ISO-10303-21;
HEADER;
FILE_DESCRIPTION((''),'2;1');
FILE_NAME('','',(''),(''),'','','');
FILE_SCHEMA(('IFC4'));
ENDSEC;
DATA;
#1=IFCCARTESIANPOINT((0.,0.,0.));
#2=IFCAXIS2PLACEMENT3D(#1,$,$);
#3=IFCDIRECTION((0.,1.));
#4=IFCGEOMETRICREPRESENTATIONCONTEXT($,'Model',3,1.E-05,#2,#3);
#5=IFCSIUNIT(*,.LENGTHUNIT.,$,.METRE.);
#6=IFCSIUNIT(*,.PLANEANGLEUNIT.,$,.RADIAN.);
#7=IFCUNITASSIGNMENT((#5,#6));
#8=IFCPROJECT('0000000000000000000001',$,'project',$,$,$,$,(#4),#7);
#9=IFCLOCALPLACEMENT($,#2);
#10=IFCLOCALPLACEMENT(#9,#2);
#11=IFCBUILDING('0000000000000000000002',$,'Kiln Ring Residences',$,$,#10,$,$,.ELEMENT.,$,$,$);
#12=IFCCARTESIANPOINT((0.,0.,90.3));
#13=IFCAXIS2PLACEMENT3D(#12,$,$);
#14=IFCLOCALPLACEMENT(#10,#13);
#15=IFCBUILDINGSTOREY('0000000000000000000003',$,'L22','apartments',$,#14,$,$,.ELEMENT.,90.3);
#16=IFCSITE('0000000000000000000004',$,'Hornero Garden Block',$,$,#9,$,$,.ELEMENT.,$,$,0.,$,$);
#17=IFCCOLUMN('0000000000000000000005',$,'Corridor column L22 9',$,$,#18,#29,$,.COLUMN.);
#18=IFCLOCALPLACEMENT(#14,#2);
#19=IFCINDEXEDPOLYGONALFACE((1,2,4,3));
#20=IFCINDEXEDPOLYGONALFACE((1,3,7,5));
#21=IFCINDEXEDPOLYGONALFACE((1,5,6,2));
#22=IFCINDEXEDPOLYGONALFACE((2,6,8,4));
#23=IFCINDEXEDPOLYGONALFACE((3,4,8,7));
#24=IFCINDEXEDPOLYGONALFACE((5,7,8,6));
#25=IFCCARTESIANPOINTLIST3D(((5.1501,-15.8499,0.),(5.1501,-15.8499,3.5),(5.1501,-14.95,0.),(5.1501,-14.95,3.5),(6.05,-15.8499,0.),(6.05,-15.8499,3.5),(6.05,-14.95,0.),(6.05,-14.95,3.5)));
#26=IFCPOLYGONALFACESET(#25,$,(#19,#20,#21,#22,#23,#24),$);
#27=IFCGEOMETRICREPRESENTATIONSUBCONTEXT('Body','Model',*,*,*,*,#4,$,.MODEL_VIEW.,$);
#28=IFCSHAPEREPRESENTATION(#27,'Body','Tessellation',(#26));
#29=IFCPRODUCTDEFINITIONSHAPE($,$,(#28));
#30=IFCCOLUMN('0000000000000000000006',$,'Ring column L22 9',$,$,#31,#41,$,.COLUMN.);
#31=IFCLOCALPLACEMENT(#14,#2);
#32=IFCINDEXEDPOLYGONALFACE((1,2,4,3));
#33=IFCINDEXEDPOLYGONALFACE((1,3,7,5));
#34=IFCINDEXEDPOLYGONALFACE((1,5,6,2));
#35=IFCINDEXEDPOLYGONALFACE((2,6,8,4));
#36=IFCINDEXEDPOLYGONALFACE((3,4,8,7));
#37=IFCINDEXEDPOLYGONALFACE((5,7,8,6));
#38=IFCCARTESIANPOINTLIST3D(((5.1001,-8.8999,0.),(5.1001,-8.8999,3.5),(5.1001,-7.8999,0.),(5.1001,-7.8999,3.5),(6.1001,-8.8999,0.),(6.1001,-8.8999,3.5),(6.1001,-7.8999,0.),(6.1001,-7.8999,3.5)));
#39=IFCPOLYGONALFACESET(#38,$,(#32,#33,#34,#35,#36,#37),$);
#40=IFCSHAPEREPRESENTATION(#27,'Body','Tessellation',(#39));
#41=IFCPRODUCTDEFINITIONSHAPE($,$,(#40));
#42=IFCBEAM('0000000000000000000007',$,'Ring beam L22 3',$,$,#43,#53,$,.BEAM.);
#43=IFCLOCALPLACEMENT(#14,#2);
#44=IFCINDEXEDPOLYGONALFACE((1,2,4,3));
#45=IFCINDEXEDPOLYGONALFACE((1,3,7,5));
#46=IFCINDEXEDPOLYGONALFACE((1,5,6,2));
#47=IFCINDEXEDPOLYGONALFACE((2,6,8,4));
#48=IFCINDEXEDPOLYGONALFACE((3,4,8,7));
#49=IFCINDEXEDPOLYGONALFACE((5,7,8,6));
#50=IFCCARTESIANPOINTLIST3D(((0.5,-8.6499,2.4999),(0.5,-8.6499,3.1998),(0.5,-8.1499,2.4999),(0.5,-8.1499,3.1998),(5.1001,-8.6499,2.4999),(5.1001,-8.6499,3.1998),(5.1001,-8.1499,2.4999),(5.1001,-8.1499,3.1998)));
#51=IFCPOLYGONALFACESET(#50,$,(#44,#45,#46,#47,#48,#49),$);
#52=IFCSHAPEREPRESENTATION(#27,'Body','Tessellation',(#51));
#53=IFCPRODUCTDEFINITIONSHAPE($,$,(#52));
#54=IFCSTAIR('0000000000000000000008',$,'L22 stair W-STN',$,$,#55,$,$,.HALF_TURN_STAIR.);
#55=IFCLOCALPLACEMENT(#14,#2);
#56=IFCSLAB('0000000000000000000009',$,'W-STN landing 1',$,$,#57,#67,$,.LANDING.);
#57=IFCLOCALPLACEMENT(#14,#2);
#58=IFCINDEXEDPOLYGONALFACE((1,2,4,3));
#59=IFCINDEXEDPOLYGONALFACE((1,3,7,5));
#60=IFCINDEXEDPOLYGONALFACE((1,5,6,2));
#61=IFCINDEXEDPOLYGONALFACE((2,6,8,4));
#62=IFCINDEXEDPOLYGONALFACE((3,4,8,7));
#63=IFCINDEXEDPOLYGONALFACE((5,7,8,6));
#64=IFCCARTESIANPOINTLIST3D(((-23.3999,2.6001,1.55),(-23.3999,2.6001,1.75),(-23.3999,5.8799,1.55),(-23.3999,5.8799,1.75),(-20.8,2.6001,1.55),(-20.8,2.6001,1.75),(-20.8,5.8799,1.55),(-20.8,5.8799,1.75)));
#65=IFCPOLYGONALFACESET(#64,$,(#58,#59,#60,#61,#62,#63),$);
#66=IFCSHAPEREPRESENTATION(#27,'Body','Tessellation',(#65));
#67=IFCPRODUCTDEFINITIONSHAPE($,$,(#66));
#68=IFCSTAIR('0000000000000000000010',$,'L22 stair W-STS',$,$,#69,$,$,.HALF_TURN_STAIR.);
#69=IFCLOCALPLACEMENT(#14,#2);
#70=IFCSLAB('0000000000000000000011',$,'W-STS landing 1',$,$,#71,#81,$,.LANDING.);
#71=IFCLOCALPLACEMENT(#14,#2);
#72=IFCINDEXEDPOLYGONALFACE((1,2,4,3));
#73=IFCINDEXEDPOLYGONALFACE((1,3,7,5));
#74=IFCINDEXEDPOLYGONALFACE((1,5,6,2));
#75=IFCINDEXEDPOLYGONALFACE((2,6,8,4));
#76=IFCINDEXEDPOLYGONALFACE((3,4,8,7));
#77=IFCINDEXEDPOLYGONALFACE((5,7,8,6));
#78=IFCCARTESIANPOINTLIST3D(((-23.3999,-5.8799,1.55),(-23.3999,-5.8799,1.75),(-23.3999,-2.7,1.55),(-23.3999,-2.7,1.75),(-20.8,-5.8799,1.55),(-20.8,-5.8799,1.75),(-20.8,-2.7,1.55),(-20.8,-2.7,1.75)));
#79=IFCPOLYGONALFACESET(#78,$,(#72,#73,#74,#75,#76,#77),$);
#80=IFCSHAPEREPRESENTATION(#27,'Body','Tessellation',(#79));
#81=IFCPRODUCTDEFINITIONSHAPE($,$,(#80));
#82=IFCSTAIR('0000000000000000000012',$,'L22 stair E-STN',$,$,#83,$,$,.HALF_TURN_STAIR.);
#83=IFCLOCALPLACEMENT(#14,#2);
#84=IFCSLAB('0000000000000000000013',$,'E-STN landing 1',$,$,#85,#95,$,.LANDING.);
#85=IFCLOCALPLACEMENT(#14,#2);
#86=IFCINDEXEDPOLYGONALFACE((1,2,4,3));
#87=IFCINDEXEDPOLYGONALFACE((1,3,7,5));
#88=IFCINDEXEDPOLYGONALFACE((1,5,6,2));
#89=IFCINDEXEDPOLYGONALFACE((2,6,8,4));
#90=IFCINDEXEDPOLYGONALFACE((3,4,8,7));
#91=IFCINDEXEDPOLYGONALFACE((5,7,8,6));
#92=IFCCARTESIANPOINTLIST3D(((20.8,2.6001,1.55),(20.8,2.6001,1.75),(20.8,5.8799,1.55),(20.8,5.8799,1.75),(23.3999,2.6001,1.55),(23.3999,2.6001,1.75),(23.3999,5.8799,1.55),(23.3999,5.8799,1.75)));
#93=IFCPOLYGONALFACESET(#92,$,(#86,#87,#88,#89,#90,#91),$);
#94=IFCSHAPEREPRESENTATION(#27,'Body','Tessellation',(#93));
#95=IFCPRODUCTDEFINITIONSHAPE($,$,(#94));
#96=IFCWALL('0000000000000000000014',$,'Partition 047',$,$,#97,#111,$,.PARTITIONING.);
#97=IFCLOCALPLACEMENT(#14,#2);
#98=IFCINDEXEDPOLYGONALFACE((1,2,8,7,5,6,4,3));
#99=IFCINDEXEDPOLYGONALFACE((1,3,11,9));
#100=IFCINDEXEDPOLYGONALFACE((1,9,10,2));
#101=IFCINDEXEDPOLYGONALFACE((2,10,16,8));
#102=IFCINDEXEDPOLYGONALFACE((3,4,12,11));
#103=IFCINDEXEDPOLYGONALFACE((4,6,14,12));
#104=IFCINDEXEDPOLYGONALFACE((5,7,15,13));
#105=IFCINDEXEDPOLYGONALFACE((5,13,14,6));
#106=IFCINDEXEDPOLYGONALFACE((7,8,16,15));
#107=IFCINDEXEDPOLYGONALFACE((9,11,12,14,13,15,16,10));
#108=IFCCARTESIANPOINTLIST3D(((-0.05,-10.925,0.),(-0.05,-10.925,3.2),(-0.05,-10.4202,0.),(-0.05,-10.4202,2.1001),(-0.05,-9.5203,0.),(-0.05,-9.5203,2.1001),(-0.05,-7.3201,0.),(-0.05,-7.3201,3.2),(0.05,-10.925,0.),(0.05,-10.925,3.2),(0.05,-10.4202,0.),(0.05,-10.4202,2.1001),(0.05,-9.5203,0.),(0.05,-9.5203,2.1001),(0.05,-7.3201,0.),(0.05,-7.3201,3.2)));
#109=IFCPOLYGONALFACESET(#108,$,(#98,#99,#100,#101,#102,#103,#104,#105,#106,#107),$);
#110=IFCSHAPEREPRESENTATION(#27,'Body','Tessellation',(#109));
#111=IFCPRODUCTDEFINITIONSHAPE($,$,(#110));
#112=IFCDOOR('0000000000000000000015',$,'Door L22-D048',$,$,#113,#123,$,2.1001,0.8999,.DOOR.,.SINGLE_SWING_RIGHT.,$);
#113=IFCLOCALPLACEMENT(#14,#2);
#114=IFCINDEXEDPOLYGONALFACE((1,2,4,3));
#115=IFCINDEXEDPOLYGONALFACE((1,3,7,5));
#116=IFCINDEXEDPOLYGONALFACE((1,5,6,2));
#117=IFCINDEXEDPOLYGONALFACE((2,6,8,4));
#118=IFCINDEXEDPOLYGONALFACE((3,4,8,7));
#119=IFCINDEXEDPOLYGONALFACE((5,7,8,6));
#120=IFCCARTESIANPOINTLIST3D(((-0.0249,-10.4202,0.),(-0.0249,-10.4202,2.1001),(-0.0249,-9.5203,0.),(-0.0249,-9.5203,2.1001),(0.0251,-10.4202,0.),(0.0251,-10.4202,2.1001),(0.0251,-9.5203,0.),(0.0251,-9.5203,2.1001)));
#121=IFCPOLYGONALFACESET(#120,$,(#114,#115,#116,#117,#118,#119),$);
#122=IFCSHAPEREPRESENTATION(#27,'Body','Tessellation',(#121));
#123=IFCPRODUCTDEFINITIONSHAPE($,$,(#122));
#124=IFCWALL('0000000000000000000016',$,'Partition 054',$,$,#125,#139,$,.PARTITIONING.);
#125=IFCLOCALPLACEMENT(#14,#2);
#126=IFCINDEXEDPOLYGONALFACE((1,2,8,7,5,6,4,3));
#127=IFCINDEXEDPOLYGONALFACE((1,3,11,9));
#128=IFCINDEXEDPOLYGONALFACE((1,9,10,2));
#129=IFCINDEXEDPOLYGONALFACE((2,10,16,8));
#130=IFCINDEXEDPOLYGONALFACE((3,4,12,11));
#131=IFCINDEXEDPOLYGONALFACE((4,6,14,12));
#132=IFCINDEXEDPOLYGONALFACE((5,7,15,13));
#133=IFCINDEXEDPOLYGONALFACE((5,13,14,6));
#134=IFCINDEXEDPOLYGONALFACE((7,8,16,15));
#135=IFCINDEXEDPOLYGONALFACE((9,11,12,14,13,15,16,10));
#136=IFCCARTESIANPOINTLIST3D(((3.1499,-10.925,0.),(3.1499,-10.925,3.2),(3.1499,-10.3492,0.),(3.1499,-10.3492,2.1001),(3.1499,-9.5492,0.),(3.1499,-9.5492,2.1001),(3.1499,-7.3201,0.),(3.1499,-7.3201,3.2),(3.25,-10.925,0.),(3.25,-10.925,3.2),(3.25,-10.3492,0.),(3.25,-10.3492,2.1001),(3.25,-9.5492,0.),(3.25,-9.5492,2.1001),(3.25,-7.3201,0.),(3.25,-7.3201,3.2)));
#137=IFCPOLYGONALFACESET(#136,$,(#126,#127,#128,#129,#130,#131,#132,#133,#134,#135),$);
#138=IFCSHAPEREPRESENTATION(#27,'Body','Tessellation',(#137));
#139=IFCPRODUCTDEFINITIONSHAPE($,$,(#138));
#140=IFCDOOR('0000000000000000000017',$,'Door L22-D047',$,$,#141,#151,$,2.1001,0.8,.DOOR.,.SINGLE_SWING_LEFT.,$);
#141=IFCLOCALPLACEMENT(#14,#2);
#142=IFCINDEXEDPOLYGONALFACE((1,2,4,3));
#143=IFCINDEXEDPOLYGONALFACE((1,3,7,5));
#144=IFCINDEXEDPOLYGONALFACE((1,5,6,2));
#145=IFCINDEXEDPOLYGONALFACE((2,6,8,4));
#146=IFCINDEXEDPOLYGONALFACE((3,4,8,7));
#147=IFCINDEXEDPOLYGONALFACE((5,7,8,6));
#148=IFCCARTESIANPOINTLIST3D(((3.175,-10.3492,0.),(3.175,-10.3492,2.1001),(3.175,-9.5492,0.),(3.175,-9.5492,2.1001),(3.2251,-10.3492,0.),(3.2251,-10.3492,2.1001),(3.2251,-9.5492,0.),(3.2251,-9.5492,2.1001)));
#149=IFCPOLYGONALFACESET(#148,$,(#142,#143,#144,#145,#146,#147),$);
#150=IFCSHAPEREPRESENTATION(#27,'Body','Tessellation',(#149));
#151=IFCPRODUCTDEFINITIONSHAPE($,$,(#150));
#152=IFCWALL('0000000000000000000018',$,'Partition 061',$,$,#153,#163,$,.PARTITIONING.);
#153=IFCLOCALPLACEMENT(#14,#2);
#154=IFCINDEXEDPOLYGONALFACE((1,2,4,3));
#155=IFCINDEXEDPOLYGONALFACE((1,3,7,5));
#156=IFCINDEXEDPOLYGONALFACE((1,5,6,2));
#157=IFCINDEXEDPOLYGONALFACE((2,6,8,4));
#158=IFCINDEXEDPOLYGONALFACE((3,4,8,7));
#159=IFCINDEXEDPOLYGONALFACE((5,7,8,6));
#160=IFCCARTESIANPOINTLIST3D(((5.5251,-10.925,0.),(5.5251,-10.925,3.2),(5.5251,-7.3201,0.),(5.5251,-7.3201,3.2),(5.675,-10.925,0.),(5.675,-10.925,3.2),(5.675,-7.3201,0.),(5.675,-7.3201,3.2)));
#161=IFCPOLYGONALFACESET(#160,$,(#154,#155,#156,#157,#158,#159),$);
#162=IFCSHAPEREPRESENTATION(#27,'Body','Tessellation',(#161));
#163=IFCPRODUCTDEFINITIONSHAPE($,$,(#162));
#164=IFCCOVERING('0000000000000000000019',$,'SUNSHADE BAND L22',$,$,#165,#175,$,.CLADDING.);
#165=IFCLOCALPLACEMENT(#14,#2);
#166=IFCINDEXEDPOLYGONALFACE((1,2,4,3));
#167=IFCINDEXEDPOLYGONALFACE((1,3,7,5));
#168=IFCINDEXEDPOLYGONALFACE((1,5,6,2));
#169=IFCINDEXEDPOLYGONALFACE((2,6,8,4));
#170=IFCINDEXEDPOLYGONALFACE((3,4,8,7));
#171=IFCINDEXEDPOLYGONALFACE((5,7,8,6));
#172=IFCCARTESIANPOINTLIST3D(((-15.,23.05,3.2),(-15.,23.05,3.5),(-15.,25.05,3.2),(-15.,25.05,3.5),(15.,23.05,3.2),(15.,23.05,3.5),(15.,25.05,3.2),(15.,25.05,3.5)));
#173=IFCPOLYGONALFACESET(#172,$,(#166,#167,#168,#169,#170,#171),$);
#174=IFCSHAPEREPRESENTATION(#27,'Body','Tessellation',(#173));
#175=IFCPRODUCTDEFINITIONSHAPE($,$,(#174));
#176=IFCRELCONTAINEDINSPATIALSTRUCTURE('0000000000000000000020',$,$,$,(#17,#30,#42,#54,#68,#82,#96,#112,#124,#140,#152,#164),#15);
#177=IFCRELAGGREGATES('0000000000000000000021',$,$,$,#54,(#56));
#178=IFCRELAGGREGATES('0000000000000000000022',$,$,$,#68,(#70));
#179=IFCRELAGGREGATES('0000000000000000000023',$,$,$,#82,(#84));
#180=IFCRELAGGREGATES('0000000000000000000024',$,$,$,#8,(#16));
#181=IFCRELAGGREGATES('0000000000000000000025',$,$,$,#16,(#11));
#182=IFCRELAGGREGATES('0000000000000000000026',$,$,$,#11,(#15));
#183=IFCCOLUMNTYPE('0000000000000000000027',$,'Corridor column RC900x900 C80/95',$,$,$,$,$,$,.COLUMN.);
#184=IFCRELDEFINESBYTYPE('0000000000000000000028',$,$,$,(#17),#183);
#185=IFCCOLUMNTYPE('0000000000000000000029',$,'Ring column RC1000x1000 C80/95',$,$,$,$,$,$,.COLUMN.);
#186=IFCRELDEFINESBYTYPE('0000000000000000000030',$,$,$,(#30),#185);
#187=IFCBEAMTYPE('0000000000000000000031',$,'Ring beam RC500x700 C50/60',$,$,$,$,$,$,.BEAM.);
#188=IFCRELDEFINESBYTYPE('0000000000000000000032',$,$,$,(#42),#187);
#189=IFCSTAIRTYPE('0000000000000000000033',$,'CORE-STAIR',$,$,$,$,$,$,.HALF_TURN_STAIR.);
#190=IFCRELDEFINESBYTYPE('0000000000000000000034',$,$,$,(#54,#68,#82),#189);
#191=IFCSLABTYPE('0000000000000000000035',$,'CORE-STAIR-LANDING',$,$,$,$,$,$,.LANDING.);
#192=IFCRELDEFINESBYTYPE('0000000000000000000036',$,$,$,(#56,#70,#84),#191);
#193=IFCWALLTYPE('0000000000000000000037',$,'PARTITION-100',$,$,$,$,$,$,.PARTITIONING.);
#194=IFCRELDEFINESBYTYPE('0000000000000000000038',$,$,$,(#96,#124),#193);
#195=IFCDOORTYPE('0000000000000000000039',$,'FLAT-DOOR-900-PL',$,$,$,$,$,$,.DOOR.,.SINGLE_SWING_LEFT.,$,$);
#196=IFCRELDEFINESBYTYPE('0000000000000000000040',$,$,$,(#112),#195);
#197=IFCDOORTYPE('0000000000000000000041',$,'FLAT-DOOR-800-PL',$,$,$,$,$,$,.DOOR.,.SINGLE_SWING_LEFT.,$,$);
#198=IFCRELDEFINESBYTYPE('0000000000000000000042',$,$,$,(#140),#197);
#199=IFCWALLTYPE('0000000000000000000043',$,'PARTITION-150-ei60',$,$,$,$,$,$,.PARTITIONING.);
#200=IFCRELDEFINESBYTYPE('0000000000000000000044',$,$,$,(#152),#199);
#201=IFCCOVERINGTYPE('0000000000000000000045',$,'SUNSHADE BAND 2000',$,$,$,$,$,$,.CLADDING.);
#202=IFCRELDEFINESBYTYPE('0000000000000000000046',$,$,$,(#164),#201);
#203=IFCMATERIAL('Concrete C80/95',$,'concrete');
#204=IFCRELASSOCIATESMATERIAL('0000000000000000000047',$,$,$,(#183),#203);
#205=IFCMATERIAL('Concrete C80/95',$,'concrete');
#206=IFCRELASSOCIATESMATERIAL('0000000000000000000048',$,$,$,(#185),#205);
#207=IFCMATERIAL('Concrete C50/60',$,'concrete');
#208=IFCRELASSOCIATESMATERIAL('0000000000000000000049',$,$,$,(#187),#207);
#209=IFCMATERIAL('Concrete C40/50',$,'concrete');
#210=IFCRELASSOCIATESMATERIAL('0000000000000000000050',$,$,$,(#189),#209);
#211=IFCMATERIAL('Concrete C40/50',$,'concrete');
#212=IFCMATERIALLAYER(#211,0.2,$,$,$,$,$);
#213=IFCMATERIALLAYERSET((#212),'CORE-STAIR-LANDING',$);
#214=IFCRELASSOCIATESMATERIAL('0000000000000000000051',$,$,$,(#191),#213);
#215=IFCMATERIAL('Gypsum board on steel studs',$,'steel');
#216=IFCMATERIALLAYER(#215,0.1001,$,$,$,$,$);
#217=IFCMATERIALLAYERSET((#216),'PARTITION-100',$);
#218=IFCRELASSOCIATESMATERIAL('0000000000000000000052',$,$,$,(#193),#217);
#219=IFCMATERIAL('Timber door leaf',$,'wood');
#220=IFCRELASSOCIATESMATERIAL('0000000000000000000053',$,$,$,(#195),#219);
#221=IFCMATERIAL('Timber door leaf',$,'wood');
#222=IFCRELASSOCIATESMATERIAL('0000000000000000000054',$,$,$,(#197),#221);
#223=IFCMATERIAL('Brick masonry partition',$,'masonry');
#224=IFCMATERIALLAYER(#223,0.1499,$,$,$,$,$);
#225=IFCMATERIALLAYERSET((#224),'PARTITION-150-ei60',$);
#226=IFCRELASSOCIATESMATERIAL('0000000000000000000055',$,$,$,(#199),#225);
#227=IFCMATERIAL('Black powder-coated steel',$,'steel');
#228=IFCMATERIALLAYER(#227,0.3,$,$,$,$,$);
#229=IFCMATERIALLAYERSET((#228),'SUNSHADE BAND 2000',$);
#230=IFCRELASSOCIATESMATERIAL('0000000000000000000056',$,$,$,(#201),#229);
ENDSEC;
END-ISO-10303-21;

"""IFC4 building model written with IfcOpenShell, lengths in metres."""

from ifc_helpers import new_model, si_unit, direction, frame, frame_2d, origin, origin_2d, place, context, subcontext, project, spatial, polyline, rectangle, outline, extrude, material, layer, layer_set, material_profile, profile_set, type_object, element, fill, aggregate, save


model = new_model("IFC4")

# Units and contexts
model_context = context("Model", 3, precision=1e-05, world=origin(), true_north=direction((0.0, 1.0)))
body_context = subcontext(model_context, "Body", "Model", "MODEL_VIEW")
ifc_project = project(units=[si_unit("LENGTHUNIT", "METRE"), si_unit("PLANEANGLEUNIT", "RADIAN")], contexts=[model_context])

# Site, building, storey
site_placement = place(None, origin())
site = spatial("IfcSite", under=ifc_project, at=site_placement, Name="Hornero Garden Block", CompositionType="ELEMENT", RefElevation=0.0)
building_placement = place(site_placement, origin())
building = spatial("IfcBuilding", under=site, at=building_placement, Name="Kiln Ring Residences", CompositionType="ELEMENT")
storey_placement = place(building_placement, frame((0.0, 0.0, 90.3)))
storey = spatial("IfcBuildingStorey", under=building, at=storey_placement, Name="L22", Description="apartments", CompositionType="ELEMENT", Elevation=90.3)

# Columns
ifc_material_1 = material(Name="Concrete C80/95", Category="concrete")
ifc_material_profile_1 = material_profile(ifc_material_1, rectangle(XDim=0.8999, YDim=0.8999, at=origin_2d()), Name="RC900x900")
ifc_profile_set_1 = profile_set([ifc_material_profile_1], Name="Concrete C80/95")
column_type_1 = type_object("IfcColumnType", Name="Corridor column RC900x900 C80/95", PredefinedType="COLUMN", material=ifc_profile_set_1)
column_1_placement = place(storey_placement, frame((5.6001, -15.3999, 0.0), z_axis=(0.0, 0.0, 1.0), x_axis=(1.0, 0.0, 0.0)))
element("IfcColumn", 1, at=column_1_placement, inside=storey, type_object=column_type_1, Name="Corridor column L22 9", PredefinedType="COLUMN", context=body_context, shape_type="SweptSolid", body=[
    extrude(rectangle(XDim=0.8999, YDim=0.8999, at=origin_2d()), origin(), (0.0, 0.0, 1.0), 3.5),
])
ifc_material_2 = material(Name="Concrete C80/95", Category="concrete")
ifc_material_profile_2 = material_profile(ifc_material_2, rectangle(XDim=1.0, YDim=1.0, at=origin_2d()), Name="RC1000x1000")
ifc_profile_set_2 = profile_set([ifc_material_profile_2], Name="Concrete C80/95")
column_type_2 = type_object("IfcColumnType", Name="Ring column RC1000x1000 C80/95", PredefinedType="COLUMN", material=ifc_profile_set_2)
column_2_placement = place(storey_placement, frame((5.6001, -8.3999, 0.0), z_axis=(0.0, 0.0, 1.0), x_axis=(1.0, 0.0, 0.0)))
element("IfcColumn", 2, at=column_2_placement, inside=storey, type_object=column_type_2, Name="Ring column L22 9", PredefinedType="COLUMN", context=body_context, shape_type="SweptSolid", body=[
    extrude(rectangle(XDim=1.0, YDim=1.0, at=origin_2d()), origin(), (0.0, 0.0, 1.0), 3.5),
])

# Beam
ifc_material_3 = material(Name="Concrete C50/60", Category="concrete")
ifc_material_profile_3 = material_profile(ifc_material_3, rectangle(XDim=0.5, YDim=0.7, at=origin_2d()), Name="RC500x700")
ifc_profile_set_3 = profile_set([ifc_material_profile_3], Name="Concrete C50/60")
beam_type = type_object("IfcBeamType", Name="Ring beam RC500x700 C50/60", PredefinedType="BEAM", material=ifc_profile_set_3)
beam_placement = place(storey_placement, frame((0.5, -8.3999, 2.8499), z_axis=(1.0, 0.0, 0.0), x_axis=(0.0, 1.0, 0.0)))
element("IfcBeam", 3, at=beam_placement, inside=storey, type_object=beam_type, Name="Ring beam L22 3", PredefinedType="BEAM", context=body_context, shape_type="SweptSolid", body=[
    extrude(rectangle(XDim=0.5, YDim=0.7, at=origin_2d()), origin(), (0.0, 0.0, 1.0), 4.6001),
])

# Stairs, slabs
ifc_material_4 = material(Name="Concrete C40/50", Category="concrete")
stair_type = type_object("IfcStairType", Name="CORE-STAIR", PredefinedType="HALF_TURN_STAIR", material=ifc_material_4)
placement_1 = place(storey_placement, origin())
stair_1 = element("IfcStair", 4, at=placement_1, inside=storey, type_object=stair_type, Name="L22 stair W-STN", PredefinedType="HALF_TURN_STAIR")
ifc_material_5 = material(Name="Concrete C40/50", Category="concrete")
ifc_layer_1 = layer(ifc_material_5, 0.2)
ifc_layer_set_1 = layer_set([ifc_layer_1], Name="CORE-STAIR-LANDING")
slab_type = type_object("IfcSlabType", Name="CORE-STAIR-LANDING", PredefinedType="LANDING", material=ifc_layer_set_1)
placement_2 = place(storey_placement, frame((0.0, 0.0, 1.55)))
slab_1 = element("IfcSlab", 5, at=placement_2, type_object=slab_type, Name="W-STN landing 1", PredefinedType="LANDING", context=body_context, shape_type="SweptSolid", body=[
    extrude(outline(polyline([(-23.3999, 5.8799), (-23.3999, 2.6001), (-20.8, 2.6001), (-20.8, 5.8799), (-23.3999, 5.8799)])), origin(), (0.0, 0.0, 1.0), 0.2),
])
aggregate(stair_1, [slab_1])
stair_2 = element("IfcStair", 6, at=placement_1, inside=storey, type_object=stair_type, Name="L22 stair W-STS", PredefinedType="HALF_TURN_STAIR")
slab_2 = element("IfcSlab", 7, at=placement_2, type_object=slab_type, Name="W-STS landing 1", PredefinedType="LANDING", context=body_context, shape_type="SweptSolid", body=[
    extrude(outline(polyline([(-20.8, -5.8799), (-20.8, -2.7), (-23.3999, -2.7), (-23.3999, -5.8799), (-20.8, -5.8799)])), origin(), (0.0, 0.0, 1.0), 0.2),
])
aggregate(stair_2, [slab_2])
stair_3 = element("IfcStair", 8, at=placement_1, inside=storey, type_object=stair_type, Name="L22 stair E-STN", PredefinedType="HALF_TURN_STAIR")
slab_3 = element("IfcSlab", 9, at=placement_2, type_object=slab_type, Name="E-STN landing 1", PredefinedType="LANDING", context=body_context, shape_type="SweptSolid", body=[
    extrude(outline(polyline([(20.8, 5.8799), (20.8, 2.6001), (23.3999, 2.6001), (23.3999, 5.8799), (20.8, 5.8799)])), origin(), (0.0, 0.0, 1.0), 0.2),
])
aggregate(stair_3, [slab_3])

# Walls, openings, doors
ifc_material_6 = material(Name="Gypsum board on steel studs", Category="steel")
ifc_layer_2 = layer(ifc_material_6, 0.1001)
ifc_layer_set_2 = layer_set([ifc_layer_2], Name="PARTITION-100")
wall_type_1 = type_object("IfcWallType", Name="PARTITION-100", PredefinedType="PARTITIONING", material=ifc_layer_set_2)
wall_1_placement = place(storey_placement, frame((0.0, -10.925, 0.0), z_axis=(0.0, 0.0, 1.0), x_axis=(0.0, 1.0, 0.0)))
wall_1 = element("IfcWall", 10, at=wall_1_placement, inside=storey, type_object=wall_type_1, Name="Partition 047", PredefinedType="PARTITIONING", context=body_context, shape_type="SweptSolid", body=[
    extrude(rectangle(XDim=3.605, YDim=0.1001, at=frame_2d((1.8025, 0.0))), origin(), (0.0, 0.0, 1.0), 3.2),
])
opening_1_placement = place(wall_1_placement, frame((0.5049, 0.0, 0.0)))
opening_1 = element("IfcOpeningElement", 11, at=opening_1_placement, cuts=wall_1, PredefinedType="OPENING", context=body_context, shape_type="SweptSolid", body=[
    extrude(rectangle(XDim=0.8999, YDim=2.1001, at=frame_2d((0.45, 1.05))), frame((0.0, 0.0601, 0.0), z_axis=(0.0, -1.0, 0.0), x_axis=(1.0, 0.0, 0.0)), (0.0, 0.0, 1.0), 0.1201),
])
ifc_material_7 = material(Name="Timber door leaf", Category="wood")
door_type_1 = type_object("IfcDoorType", Name="FLAT-DOOR-900-PL", OperationType="SINGLE_SWING_LEFT", PredefinedType="DOOR", material=ifc_material_7)
door_1_placement = place(opening_1_placement, origin())
door_1 = element("IfcDoor", 12, at=door_1_placement, inside=storey, type_object=door_type_1, Name="Door L22-D048", OperationType="SINGLE_SWING_RIGHT", OverallHeight=2.1001, OverallWidth=0.8999, PredefinedType="DOOR", context=body_context, shape_type="SweptSolid", body=[
    extrude(rectangle(XDim=0.8999, YDim=2.1001, at=frame_2d((0.45, 1.05))), frame((0.0, 0.0249, 0.0), z_axis=(0.0, -1.0, 0.0), x_axis=(1.0, 0.0, 0.0)), (0.0, 0.0, 1.0), 0.05),
])
fill(opening_1, door_1)
wall_2_placement = place(storey_placement, frame((3.2, -10.925, 0.0), z_axis=(0.0, 0.0, 1.0), x_axis=(0.0, 1.0, 0.0)))
wall_2 = element("IfcWall", 13, at=wall_2_placement, inside=storey, type_object=wall_type_1, Name="Partition 054", PredefinedType="PARTITIONING", context=body_context, shape_type="SweptSolid", body=[
    extrude(rectangle(XDim=3.605, YDim=0.1001, at=frame_2d((1.8025, 0.0))), origin(), (0.0, 0.0, 1.0), 3.2),
])
opening_2_placement = place(wall_2_placement, frame((0.5759, 0.0, 0.0)))
opening_2 = element("IfcOpeningElement", 14, at=opening_2_placement, cuts=wall_2, PredefinedType="OPENING", context=body_context, shape_type="SweptSolid", body=[
    extrude(rectangle(XDim=0.8, YDim=2.1001, at=frame_2d((0.3999, 1.05))), frame((0.0, 0.0601, 0.0), z_axis=(0.0, -1.0, 0.0), x_axis=(1.0, 0.0, 0.0)), (0.0, 0.0, 1.0), 0.1201),
])
ifc_material_8 = material(Name="Timber door leaf", Category="wood")
door_type_2 = type_object("IfcDoorType", Name="FLAT-DOOR-800-PL", OperationType="SINGLE_SWING_LEFT", PredefinedType="DOOR", material=ifc_material_8)
door_2_placement = place(opening_2_placement, origin())
door_2 = element("IfcDoor", 15, at=door_2_placement, inside=storey, type_object=door_type_2, Name="Door L22-D047", OperationType="SINGLE_SWING_LEFT", OverallHeight=2.1001, OverallWidth=0.8, PredefinedType="DOOR", context=body_context, shape_type="SweptSolid", body=[
    extrude(rectangle(XDim=0.8, YDim=2.1001, at=frame_2d((0.3999, 1.05))), frame((0.0, 0.0249, 0.0), z_axis=(0.0, -1.0, 0.0), x_axis=(1.0, 0.0, 0.0)), (0.0, 0.0, 1.0), 0.05),
])
fill(opening_2, door_2)

# Wall
ifc_material_9 = material(Name="Brick masonry partition", Category="masonry")
ifc_layer_3 = layer(ifc_material_9, 0.1499)
ifc_layer_set_3 = layer_set([ifc_layer_3], Name="PARTITION-150-ei60")
wall_type_2 = type_object("IfcWallType", Name="PARTITION-150-ei60", PredefinedType="PARTITIONING", material=ifc_layer_set_3)
wall_3_placement = place(storey_placement, frame((5.6001, -10.925, 0.0), z_axis=(0.0, 0.0, 1.0), x_axis=(0.0, 1.0, 0.0)))
element("IfcWall", 16, at=wall_3_placement, inside=storey, type_object=wall_type_2, Name="Partition 061", PredefinedType="PARTITIONING", context=body_context, shape_type="SweptSolid", body=[
    extrude(rectangle(XDim=3.605, YDim=0.1499, at=frame_2d((1.8025, 0.0))), origin(), (0.0, 0.0, 1.0), 3.2),
])

# Covering
ifc_material_10 = material(Name="Black powder-coated steel", Category="steel")
ifc_layer_4 = layer(ifc_material_10, 0.3)
ifc_layer_set_4 = layer_set([ifc_layer_4], Name="SUNSHADE BAND 2000")
covering_type = type_object("IfcCoveringType", Name="SUNSHADE BAND 2000", PredefinedType="CLADDING", material=ifc_layer_set_4)
placement_3 = place(storey_placement, frame((0.0, 0.0, 3.2)))
element("IfcCovering", 17, at=placement_3, inside=storey, type_object=covering_type, Name="SUNSHADE BAND L22", PredefinedType="CLADDING", context=body_context, shape_type="SweptSolid", body=[
    extrude(outline(polyline([(15.0, 25.05), (-15.0, 25.05), (-15.0, 23.05), (15.0, 23.05), (15.0, 25.05)])), origin(), (0.0, 0.0, 1.0), 0.3),
])

save(model, "model.ifc")
